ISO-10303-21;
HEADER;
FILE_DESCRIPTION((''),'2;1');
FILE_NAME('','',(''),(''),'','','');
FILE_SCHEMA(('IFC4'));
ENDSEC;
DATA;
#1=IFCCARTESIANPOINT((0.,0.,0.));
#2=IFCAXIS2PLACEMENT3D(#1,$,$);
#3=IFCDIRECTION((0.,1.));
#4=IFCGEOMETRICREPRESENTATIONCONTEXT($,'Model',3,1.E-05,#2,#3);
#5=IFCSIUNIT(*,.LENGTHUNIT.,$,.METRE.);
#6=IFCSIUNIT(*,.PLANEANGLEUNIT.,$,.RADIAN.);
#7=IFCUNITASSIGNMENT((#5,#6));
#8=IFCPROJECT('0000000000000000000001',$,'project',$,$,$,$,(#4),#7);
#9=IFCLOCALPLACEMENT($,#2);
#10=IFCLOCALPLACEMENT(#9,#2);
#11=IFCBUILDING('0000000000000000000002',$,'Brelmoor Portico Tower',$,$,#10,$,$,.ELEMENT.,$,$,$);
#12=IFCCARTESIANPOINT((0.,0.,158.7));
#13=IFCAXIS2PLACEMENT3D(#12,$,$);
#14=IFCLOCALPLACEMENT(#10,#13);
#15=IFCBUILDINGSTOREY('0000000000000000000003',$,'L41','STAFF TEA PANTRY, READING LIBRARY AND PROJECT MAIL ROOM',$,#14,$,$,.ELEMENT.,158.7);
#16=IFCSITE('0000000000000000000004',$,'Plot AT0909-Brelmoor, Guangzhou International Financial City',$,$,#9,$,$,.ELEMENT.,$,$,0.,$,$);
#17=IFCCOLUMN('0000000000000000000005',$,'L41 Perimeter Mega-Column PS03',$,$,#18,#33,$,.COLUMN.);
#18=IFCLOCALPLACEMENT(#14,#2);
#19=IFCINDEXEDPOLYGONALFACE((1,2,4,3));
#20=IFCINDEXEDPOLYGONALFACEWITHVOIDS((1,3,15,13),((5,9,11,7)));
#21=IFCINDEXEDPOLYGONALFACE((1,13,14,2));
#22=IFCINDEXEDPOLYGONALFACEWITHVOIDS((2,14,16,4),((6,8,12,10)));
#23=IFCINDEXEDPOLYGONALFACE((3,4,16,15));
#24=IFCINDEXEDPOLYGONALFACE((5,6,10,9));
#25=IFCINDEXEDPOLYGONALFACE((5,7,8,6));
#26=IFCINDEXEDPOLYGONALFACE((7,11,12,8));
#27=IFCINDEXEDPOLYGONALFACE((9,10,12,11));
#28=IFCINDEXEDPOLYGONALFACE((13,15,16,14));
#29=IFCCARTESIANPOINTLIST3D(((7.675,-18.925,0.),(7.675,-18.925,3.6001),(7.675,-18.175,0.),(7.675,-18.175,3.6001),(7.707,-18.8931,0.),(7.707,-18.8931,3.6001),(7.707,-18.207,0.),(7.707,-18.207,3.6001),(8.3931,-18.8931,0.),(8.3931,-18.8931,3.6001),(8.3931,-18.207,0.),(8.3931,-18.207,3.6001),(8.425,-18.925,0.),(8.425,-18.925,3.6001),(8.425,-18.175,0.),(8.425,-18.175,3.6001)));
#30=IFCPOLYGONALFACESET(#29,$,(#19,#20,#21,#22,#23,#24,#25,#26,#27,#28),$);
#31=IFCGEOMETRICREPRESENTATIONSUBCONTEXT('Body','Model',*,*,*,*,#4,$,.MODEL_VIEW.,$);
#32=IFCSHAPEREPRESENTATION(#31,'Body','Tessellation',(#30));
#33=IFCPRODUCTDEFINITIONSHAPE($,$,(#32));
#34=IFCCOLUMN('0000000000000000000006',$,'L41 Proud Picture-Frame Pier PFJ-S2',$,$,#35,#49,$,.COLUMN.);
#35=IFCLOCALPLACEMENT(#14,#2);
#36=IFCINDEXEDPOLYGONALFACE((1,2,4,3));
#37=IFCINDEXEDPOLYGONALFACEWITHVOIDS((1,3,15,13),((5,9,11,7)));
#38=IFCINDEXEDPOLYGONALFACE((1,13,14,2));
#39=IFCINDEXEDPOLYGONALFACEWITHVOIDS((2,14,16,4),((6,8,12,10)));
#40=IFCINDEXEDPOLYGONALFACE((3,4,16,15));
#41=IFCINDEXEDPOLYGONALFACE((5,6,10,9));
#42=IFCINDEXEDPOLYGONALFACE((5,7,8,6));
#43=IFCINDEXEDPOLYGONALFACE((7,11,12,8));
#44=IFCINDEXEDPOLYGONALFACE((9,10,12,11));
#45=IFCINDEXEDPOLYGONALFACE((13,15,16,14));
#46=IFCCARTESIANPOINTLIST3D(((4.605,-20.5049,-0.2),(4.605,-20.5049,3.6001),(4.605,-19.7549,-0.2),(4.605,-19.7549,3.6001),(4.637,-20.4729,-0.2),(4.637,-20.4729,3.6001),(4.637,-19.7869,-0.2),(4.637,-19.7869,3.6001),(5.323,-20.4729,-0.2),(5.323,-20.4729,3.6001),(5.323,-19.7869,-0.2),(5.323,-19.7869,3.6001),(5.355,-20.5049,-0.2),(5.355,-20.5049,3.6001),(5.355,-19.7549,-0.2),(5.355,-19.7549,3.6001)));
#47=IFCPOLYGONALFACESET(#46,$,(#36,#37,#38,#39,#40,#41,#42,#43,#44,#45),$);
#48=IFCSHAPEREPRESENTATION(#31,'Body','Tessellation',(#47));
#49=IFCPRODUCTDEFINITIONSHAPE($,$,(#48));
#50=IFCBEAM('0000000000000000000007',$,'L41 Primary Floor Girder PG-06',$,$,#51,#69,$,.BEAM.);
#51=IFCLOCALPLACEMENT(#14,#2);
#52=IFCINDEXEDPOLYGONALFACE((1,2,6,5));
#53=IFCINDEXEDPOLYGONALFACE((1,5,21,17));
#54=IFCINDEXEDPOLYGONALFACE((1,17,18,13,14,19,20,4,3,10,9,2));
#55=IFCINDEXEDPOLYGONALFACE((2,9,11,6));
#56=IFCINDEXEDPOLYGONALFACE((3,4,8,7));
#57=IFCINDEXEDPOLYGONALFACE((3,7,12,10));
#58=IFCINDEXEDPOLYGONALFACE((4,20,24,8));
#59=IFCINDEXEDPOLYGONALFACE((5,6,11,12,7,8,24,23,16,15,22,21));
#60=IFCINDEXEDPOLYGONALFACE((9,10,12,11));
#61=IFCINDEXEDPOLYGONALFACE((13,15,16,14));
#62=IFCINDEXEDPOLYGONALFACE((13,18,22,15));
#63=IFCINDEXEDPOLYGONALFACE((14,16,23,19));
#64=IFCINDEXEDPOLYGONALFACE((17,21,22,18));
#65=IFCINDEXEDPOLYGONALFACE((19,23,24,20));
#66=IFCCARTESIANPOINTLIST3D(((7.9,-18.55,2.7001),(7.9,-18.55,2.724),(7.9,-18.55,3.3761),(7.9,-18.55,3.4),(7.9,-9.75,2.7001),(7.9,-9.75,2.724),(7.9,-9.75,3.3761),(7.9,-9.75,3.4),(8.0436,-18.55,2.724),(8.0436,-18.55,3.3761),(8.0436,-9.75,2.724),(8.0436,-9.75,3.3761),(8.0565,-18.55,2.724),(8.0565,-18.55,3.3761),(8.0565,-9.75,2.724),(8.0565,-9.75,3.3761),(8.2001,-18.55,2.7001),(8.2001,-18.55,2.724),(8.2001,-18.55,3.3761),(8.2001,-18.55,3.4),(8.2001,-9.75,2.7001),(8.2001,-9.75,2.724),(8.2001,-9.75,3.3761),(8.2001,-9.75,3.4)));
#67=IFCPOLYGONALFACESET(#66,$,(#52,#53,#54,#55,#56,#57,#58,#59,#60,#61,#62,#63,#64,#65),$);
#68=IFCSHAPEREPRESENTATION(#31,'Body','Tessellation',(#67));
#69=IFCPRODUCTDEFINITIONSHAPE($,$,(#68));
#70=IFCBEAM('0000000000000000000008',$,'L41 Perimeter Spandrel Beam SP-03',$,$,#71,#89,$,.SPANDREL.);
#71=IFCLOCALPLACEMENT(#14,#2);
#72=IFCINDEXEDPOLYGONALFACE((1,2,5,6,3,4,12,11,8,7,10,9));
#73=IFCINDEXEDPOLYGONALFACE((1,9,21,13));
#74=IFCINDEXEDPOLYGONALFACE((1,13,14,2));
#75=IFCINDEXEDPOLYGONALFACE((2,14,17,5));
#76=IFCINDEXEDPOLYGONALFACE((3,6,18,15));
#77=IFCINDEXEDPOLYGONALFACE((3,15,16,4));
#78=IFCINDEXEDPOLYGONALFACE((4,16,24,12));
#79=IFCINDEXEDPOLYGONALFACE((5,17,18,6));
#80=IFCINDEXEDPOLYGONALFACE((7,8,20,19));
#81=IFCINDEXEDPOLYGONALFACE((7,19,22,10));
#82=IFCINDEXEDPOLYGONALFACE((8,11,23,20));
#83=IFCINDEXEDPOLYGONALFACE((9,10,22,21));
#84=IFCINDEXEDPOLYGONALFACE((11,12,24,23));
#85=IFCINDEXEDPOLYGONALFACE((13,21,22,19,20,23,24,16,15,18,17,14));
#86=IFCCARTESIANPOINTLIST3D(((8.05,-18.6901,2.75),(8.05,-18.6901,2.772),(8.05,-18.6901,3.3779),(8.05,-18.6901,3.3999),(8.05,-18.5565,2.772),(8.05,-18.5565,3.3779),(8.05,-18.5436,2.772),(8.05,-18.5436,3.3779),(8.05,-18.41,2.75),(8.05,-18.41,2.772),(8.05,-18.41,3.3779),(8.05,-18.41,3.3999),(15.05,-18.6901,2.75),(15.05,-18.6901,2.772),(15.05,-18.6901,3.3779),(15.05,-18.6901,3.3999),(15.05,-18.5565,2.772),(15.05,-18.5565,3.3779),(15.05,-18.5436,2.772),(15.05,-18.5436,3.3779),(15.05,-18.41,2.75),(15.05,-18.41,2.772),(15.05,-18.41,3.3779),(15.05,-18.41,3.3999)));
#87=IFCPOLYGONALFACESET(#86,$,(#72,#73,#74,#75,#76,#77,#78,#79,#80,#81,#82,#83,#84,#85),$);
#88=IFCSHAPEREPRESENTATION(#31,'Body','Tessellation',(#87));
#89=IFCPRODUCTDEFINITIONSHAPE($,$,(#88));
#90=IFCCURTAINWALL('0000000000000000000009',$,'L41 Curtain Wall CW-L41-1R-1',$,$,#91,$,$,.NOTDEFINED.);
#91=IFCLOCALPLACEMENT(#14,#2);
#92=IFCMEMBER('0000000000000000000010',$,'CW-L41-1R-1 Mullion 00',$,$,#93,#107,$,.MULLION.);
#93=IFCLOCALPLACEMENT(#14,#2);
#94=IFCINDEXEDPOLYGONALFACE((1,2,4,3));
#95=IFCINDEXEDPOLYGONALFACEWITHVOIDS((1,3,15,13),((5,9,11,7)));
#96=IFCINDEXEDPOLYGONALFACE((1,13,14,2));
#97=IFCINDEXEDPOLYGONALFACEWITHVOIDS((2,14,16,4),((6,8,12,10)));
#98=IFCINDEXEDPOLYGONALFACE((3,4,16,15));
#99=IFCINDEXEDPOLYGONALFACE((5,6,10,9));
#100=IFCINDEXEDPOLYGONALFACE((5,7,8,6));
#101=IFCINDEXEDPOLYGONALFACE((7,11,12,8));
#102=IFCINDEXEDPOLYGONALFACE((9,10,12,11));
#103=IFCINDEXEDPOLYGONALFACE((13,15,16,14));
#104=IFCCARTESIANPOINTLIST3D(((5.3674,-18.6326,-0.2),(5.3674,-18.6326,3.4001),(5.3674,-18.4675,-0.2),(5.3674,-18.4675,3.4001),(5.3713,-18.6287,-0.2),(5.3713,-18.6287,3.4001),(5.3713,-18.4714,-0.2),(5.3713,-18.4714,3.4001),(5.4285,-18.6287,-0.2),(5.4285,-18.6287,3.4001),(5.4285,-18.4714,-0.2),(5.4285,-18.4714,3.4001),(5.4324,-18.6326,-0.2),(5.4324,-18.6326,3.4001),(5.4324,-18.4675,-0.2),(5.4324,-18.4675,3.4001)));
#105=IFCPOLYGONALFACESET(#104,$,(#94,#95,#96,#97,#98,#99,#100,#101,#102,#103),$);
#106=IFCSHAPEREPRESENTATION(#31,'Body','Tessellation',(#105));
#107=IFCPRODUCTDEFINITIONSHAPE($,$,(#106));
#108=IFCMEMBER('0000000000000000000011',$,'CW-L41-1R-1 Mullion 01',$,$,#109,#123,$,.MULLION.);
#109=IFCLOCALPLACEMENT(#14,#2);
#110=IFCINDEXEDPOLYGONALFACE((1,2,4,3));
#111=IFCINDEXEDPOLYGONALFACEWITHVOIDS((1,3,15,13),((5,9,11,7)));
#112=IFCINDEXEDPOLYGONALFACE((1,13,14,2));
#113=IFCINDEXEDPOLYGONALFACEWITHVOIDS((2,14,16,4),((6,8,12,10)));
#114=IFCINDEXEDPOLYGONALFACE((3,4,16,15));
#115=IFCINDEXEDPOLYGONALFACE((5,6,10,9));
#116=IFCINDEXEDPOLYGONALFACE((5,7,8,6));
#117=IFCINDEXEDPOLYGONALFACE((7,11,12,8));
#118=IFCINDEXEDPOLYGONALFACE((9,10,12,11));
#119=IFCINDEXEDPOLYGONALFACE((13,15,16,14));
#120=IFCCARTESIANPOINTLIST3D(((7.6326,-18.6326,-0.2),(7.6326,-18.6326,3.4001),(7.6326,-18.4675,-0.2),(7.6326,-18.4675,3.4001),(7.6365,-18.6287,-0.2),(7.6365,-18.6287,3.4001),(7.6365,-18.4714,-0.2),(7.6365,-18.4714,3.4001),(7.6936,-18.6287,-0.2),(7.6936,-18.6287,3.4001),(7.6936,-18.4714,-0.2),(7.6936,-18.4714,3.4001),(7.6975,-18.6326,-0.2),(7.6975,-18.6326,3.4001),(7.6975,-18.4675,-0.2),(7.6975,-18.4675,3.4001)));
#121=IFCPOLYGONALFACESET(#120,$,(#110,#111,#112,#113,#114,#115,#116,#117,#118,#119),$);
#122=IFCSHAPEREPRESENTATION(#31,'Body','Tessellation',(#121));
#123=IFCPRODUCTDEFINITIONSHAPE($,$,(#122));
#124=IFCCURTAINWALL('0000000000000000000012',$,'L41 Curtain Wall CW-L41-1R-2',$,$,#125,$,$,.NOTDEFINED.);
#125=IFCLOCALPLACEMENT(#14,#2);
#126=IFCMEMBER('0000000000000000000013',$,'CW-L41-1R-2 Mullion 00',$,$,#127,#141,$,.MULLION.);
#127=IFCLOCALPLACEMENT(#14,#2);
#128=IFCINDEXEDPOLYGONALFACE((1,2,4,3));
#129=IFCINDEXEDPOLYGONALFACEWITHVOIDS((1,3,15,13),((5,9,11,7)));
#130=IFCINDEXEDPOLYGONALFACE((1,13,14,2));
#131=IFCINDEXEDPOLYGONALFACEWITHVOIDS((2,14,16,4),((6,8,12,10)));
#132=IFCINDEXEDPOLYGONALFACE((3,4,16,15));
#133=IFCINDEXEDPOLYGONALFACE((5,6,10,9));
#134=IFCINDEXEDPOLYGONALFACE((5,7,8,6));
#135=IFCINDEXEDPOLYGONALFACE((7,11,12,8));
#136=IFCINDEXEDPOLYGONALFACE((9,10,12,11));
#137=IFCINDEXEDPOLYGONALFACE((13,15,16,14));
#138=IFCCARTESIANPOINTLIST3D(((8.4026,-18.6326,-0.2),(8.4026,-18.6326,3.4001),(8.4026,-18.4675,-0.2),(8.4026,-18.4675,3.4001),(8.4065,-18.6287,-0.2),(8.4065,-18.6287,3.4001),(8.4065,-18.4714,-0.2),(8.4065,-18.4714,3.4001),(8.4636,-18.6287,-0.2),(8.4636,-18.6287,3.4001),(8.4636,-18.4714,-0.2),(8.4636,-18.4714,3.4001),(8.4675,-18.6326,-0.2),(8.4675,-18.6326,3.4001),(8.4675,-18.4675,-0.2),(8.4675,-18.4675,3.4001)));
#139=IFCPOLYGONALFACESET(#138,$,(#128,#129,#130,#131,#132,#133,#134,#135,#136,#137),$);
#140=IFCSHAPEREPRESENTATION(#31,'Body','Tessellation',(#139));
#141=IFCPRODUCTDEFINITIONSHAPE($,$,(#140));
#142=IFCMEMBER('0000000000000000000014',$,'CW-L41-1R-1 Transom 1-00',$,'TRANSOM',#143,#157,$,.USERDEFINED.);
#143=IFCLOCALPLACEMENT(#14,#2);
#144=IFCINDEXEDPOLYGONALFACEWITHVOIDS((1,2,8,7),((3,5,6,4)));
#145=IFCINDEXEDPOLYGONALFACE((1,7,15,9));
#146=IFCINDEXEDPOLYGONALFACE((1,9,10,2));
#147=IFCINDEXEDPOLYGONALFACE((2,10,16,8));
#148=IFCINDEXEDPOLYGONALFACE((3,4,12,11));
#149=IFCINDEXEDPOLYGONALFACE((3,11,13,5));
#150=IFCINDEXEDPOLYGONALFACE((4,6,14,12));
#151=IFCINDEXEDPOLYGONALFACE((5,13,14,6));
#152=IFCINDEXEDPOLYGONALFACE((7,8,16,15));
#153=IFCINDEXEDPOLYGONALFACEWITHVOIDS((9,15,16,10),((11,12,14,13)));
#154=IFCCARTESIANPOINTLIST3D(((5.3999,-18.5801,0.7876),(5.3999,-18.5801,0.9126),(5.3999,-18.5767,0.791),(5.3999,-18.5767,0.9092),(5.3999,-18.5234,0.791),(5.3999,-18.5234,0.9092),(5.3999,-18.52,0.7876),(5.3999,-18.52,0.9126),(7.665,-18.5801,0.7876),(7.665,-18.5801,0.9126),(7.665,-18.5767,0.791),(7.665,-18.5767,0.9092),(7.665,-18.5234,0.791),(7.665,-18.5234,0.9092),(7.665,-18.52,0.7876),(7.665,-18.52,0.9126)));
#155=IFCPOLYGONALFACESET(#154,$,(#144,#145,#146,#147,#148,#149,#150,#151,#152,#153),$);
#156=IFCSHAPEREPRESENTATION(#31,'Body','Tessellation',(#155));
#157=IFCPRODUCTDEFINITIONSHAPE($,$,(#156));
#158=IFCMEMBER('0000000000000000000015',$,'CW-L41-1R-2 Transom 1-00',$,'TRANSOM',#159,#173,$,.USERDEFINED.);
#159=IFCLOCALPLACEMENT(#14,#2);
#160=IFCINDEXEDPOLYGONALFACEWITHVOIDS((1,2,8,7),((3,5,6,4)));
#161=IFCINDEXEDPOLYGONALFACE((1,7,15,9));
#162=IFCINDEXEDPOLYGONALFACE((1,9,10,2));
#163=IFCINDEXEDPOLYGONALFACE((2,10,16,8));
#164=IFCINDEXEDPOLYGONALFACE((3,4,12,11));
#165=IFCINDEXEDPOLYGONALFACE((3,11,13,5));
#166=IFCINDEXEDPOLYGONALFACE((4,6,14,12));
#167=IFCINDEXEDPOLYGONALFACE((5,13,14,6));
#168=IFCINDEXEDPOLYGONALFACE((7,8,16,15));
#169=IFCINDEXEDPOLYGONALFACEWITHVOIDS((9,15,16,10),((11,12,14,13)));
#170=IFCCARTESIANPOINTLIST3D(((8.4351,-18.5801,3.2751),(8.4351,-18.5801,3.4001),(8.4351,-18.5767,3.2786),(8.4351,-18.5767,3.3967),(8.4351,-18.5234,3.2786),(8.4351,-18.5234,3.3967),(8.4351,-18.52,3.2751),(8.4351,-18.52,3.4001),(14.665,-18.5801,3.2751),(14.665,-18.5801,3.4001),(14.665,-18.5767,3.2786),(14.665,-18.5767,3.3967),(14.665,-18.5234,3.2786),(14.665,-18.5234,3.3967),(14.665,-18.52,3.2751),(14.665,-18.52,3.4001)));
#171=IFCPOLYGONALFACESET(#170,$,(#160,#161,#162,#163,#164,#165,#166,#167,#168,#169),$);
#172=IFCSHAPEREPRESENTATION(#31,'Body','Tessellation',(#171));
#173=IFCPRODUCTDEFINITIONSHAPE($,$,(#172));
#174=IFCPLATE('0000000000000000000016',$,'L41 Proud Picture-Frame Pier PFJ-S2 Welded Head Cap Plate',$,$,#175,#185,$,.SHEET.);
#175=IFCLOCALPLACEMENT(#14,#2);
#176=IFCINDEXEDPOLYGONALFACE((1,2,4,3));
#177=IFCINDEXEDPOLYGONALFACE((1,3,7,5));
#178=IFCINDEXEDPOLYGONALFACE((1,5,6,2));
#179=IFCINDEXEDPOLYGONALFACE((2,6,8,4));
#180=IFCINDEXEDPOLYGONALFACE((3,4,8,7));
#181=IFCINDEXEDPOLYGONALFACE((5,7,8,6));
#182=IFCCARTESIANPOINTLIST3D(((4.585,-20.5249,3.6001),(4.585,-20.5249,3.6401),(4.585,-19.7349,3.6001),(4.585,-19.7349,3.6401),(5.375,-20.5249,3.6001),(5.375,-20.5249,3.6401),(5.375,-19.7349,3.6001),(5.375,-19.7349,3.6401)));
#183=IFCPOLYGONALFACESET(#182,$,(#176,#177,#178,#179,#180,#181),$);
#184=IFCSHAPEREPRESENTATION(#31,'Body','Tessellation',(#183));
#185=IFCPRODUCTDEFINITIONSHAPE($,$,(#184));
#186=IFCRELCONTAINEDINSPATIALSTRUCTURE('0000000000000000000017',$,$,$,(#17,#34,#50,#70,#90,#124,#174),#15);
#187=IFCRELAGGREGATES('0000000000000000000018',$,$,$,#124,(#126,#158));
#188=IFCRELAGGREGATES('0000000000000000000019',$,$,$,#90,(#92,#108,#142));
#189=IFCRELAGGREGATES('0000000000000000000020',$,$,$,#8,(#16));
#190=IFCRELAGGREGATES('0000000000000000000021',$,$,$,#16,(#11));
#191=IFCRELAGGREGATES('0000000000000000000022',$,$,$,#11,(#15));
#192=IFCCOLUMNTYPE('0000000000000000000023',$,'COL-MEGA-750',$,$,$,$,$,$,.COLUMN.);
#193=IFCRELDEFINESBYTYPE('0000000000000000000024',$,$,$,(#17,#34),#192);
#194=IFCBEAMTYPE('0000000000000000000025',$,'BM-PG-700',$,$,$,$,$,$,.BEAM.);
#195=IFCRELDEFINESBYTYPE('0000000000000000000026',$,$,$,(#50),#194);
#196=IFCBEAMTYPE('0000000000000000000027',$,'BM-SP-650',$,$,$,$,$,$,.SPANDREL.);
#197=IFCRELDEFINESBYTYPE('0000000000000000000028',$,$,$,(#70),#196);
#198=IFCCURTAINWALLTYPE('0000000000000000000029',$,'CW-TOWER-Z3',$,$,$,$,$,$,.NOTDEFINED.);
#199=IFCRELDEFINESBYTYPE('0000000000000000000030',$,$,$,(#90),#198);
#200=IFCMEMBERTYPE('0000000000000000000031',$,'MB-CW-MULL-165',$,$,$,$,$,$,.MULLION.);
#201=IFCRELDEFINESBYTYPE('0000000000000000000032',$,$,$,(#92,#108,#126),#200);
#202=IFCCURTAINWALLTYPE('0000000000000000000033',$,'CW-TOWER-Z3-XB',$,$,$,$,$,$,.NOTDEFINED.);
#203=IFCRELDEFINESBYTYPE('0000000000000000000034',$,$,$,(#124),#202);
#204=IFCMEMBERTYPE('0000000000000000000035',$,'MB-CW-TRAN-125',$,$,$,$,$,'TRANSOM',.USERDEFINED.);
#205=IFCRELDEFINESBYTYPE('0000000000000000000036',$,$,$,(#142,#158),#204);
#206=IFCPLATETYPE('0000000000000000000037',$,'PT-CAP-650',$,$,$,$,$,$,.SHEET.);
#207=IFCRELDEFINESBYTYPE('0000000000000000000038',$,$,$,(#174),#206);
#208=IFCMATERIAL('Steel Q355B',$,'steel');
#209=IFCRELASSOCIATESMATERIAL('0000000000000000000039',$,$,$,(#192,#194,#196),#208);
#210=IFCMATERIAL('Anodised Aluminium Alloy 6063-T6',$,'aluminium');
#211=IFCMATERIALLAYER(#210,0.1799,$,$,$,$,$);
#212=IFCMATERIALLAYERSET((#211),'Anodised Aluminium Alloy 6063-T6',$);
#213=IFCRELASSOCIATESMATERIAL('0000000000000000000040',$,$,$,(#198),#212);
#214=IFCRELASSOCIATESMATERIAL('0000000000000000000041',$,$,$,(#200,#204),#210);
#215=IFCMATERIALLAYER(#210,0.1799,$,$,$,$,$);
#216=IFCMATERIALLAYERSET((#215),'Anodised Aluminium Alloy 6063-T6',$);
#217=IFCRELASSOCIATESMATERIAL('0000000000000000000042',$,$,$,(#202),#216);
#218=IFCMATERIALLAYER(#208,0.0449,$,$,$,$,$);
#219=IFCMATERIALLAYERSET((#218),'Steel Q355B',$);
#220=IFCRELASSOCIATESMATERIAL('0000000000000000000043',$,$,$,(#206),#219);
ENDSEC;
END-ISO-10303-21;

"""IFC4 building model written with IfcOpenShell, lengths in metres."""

from ifc_helpers import new_model, si_unit, direction, frame, origin, origin_2d, place, context, subcontext, project, spatial, rectangle, hollow_rectangle, i_section, extrude, material, layer, layer_set, material_profile, profile_set, type_object, element, aggregate, save


model = new_model("IFC4")

# Units and contexts
model_context = context("Model", 3, precision=1e-05, world=origin(), true_north=direction((0.0, 1.0)))
body_context = subcontext(model_context, "Body", "Model", "MODEL_VIEW")
ifc_project = project(units=[si_unit("LENGTHUNIT", "METRE"), si_unit("PLANEANGLEUNIT", "RADIAN")], contexts=[model_context])

# Site, building, storey
site_placement = place(None, origin())
site = spatial("IfcSite", under=ifc_project, at=site_placement, Name="Plot AT0909-Brelmoor, Guangzhou International Financial City", CompositionType="ELEMENT", RefElevation=0.0)
building_placement = place(site_placement, origin())
building = spatial("IfcBuilding", under=site, at=building_placement, Name="Brelmoor Portico Tower", CompositionType="ELEMENT")
storey_placement = place(building_placement, frame((0.0, 0.0, 158.7)))
storey = spatial("IfcBuildingStorey", under=building, at=storey_placement, Name="L41", Description="STAFF TEA PANTRY, READING LIBRARY AND PROJECT MAIL ROOM", CompositionType="ELEMENT", Elevation=158.7)

# Columns
ifc_material_1 = material(Name="Steel Q355B", Category="steel")
ifc_material_profile_1 = material_profile(ifc_material_1, hollow_rectangle(XDim=0.75, YDim=0.75, WallThickness=0.032, at=origin_2d()), Name="BOX 750x750x32")
ifc_profile_set_1 = profile_set([ifc_material_profile_1], Name="Steel Q355B")
column_type = type_object("IfcColumnType", Name="COL-MEGA-750", PredefinedType="COLUMN", material=ifc_profile_set_1)
column_1_placement = place(storey_placement, frame((8.05, -18.55, 0.0), z_axis=(0.0, 0.0, 1.0), x_axis=(1.0, 0.0, 0.0)))
element("IfcColumn", 1, at=column_1_placement, inside=storey, type_object=column_type, Name="L41 Perimeter Mega-Column PS03", PredefinedType="COLUMN", context=body_context, shape_type="SweptSolid", body=[
    extrude(hollow_rectangle(XDim=0.75, YDim=0.75, WallThickness=0.032, at=origin_2d()), origin(), (0.0, 0.0, 1.0), 3.6001),
])
column_2_placement = place(storey_placement, frame((4.98, -20.1299, -0.2), z_axis=(0.0, 0.0, 1.0), x_axis=(1.0, 0.0, 0.0)))
element("IfcColumn", 2, at=column_2_placement, inside=storey, type_object=column_type, Name="L41 Proud Picture-Frame Pier PFJ-S2", PredefinedType="COLUMN", context=body_context, shape_type="SweptSolid", body=[
    extrude(hollow_rectangle(XDim=0.75, YDim=0.75, WallThickness=0.032, at=origin_2d()), origin(), (0.0, 0.0, 1.0), 3.8),
])

# Beams
ifc_material_profile_2 = material_profile(ifc_material_1, i_section(OverallWidth=0.3, OverallDepth=0.7, WebThickness=0.0129, FlangeThickness=0.0239, at=origin_2d()), Name="HN 700x300x13x24")
ifc_profile_set_2 = profile_set([ifc_material_profile_2], Name="Steel Q355B")
beam_type_1 = type_object("IfcBeamType", Name="BM-PG-700", PredefinedType="BEAM", material=ifc_profile_set_2)
beam_1_placement = place(storey_placement, frame((8.05, -18.55, 3.05), z_axis=(0.0, 1.0, 0.0), x_axis=(-1.0, 0.0, 0.0)))
element("IfcBeam", 3, at=beam_1_placement, inside=storey, type_object=beam_type_1, Name="L41 Primary Floor Girder PG-06", PredefinedType="BEAM", context=body_context, shape_type="SweptSolid", body=[
    extrude(i_section(OverallWidth=0.3, OverallDepth=0.7, WebThickness=0.0129, FlangeThickness=0.0239, at=origin_2d()), origin(), (0.0, 0.0, 1.0), 8.8),
])
ifc_material_profile_3 = material_profile(ifc_material_1, i_section(OverallWidth=0.28, OverallDepth=0.6499, WebThickness=0.0129, FlangeThickness=0.022, at=origin_2d()), Name="HN 650x280x13x22")
ifc_profile_set_3 = profile_set([ifc_material_profile_3], Name="Steel Q355B")
beam_type_2 = type_object("IfcBeamType", Name="BM-SP-650", PredefinedType="SPANDREL", material=ifc_profile_set_3)
beam_2_placement = place(storey_placement, frame((8.05, -18.55, 3.075), z_axis=(1.0, 0.0, 0.0), x_axis=(0.0, 1.0, 0.0)))
element("IfcBeam", 4, at=beam_2_placement, inside=storey, type_object=beam_type_2, Name="L41 Perimeter Spandrel Beam SP-03", PredefinedType="SPANDREL", context=body_context, shape_type="SweptSolid", body=[
    extrude(i_section(OverallWidth=0.28, OverallDepth=0.6499, WebThickness=0.0129, FlangeThickness=0.022, at=origin_2d()), origin(), (0.0, 0.0, 1.0), 7.0),
])

# Curtain wall, members
ifc_material_2 = material(Name="Anodised Aluminium Alloy 6063-T6", Category="aluminium")
ifc_layer_1 = layer(ifc_material_2, 0.1799)
ifc_layer_set_1 = layer_set([ifc_layer_1], Name="Anodised Aluminium Alloy 6063-T6")
curtain_wall_type_1 = type_object("IfcCurtainWallType", Name="CW-TOWER-Z3", PredefinedType="NOTDEFINED", material=ifc_layer_set_1)
curtain_wall_1_placement = place(storey_placement, origin())
curtain_wall_1 = element("IfcCurtainWall", 5, at=curtain_wall_1_placement, inside=storey, type_object=curtain_wall_type_1, Name="L41 Curtain Wall CW-L41-1R-1", PredefinedType="NOTDEFINED")
ifc_material_profile_4 = material_profile(ifc_material_2, hollow_rectangle(XDim=0.0649, YDim=0.165, WallThickness=0.0039, at=origin_2d()), Name="ALU MULLION 65x165")
ifc_profile_set_4 = profile_set([ifc_material_profile_4], Name="Anodised Aluminium Alloy 6063-T6")
member_type_1 = type_object("IfcMemberType", Name="MB-CW-MULL-165", PredefinedType="MULLION", material=ifc_profile_set_4)
member_1_placement = place(storey_placement, frame((5.3999, -18.55, -0.2), z_axis=(0.0, 0.0, 1.0), x_axis=(1.0, 0.0, 0.0)))
member_1 = element("IfcMember", 6, at=member_1_placement, type_object=member_type_1, Name="CW-L41-1R-1 Mullion 00", PredefinedType="MULLION", context=body_context, shape_type="SweptSolid", body=[
    extrude(hollow_rectangle(XDim=0.0649, YDim=0.165, WallThickness=0.0039, at=origin_2d()), origin(), (0.0, 0.0, 1.0), 3.6001),
])
member_2_placement = place(storey_placement, frame((7.665, -18.55, -0.2), z_axis=(0.0, 0.0, 1.0), x_axis=(1.0, 0.0, 0.0)))
member_2 = element("IfcMember", 7, at=member_2_placement, type_object=member_type_1, Name="CW-L41-1R-1 Mullion 01", PredefinedType="MULLION", context=body_context, shape_type="SweptSolid", body=[
    extrude(hollow_rectangle(XDim=0.0649, YDim=0.165, WallThickness=0.0039, at=origin_2d()), origin(), (0.0, 0.0, 1.0), 3.6001),
])

# Curtain wall, member
ifc_layer_2 = layer(ifc_material_2, 0.1799)
ifc_layer_set_2 = layer_set([ifc_layer_2], Name="Anodised Aluminium Alloy 6063-T6")
curtain_wall_type_2 = type_object("IfcCurtainWallType", Name="CW-TOWER-Z3-XB", PredefinedType="NOTDEFINED", material=ifc_layer_set_2)
curtain_wall_2_placement = place(storey_placement, origin())
curtain_wall_2 = element("IfcCurtainWall", 8, at=curtain_wall_2_placement, inside=storey, type_object=curtain_wall_type_2, Name="L41 Curtain Wall CW-L41-1R-2", PredefinedType="NOTDEFINED")
member_3_placement = place(storey_placement, frame((8.4351, -18.55, -0.2), z_axis=(0.0, 0.0, 1.0), x_axis=(1.0, 0.0, 0.0)))
member_3 = element("IfcMember", 9, at=member_3_placement, type_object=member_type_1, Name="CW-L41-1R-2 Mullion 00", PredefinedType="MULLION", context=body_context, shape_type="SweptSolid", body=[
    extrude(hollow_rectangle(XDim=0.0649, YDim=0.165, WallThickness=0.0039, at=origin_2d()), origin(), (0.0, 0.0, 1.0), 3.6001),
])

# Members
ifc_material_profile_5 = material_profile(ifc_material_2, hollow_rectangle(XDim=0.0601, YDim=0.125, WallThickness=0.0034, at=origin_2d()), Name="ALU TRANSOM 60x125")
ifc_profile_set_5 = profile_set([ifc_material_profile_5], Name="Anodised Aluminium Alloy 6063-T6")
member_type_2 = type_object("IfcMemberType", Name="MB-CW-TRAN-125", ElementType="TRANSOM", PredefinedType="USERDEFINED", material=ifc_profile_set_5)
member_4_placement = place(storey_placement, frame((5.3999, -18.55, 0.8501), z_axis=(1.0, 0.0, 0.0), x_axis=(0.0, 1.0, 0.0)))
member_4 = element("IfcMember", 10, at=member_4_placement, type_object=member_type_2, Name="CW-L41-1R-1 Transom 1-00", ObjectType="TRANSOM", PredefinedType="USERDEFINED", context=body_context, shape_type="SweptSolid", body=[
    extrude(hollow_rectangle(XDim=0.0601, YDim=0.125, WallThickness=0.0034, at=origin_2d()), origin(), (0.0, 0.0, 1.0), 2.2651),
])
member_5_placement = place(storey_placement, frame((8.4351, -18.55, 3.3376), z_axis=(1.0, 0.0, 0.0), x_axis=(0.0, 1.0, 0.0)))
member_5 = element("IfcMember", 11, at=member_5_placement, type_object=member_type_2, Name="CW-L41-1R-2 Transom 1-00", ObjectType="TRANSOM", PredefinedType="USERDEFINED", context=body_context, shape_type="SweptSolid", body=[
    extrude(hollow_rectangle(XDim=0.0601, YDim=0.125, WallThickness=0.0034, at=origin_2d()), origin(), (0.0, 0.0, 1.0), 6.23),
])
aggregate(curtain_wall_2, [member_3, member_5])

# Plate
ifc_layer_3 = layer(ifc_material_1, 0.0449)
ifc_layer_set_3 = layer_set([ifc_layer_3], Name="Steel Q355B")
plate_type_1 = type_object("IfcPlateType", Name="PT-CAP-650", PredefinedType="SHEET", material=ifc_layer_set_3)
plate_1_placement = place(storey_placement, frame((4.98, -20.1299, 3.6001), z_axis=(0.0, 0.0, 1.0), x_axis=(1.0, 0.0, 0.0)))
element("IfcPlate", 12, at=plate_1_placement, inside=storey, type_object=plate_type_1, Name="L41 Proud Picture-Frame Pier PFJ-S2 Welded Head Cap Plate", PredefinedType="SHEET", context=body_context, shape_type="SweptSolid", body=[
    extrude(rectangle(XDim=0.79, YDim=0.79, at=origin_2d()), origin(), (0.0, 0.0, 1.0), 0.04),
])
aggregate(curtain_wall_1, [member_1, member_2, member_4])

save(model, "model.ifc")
